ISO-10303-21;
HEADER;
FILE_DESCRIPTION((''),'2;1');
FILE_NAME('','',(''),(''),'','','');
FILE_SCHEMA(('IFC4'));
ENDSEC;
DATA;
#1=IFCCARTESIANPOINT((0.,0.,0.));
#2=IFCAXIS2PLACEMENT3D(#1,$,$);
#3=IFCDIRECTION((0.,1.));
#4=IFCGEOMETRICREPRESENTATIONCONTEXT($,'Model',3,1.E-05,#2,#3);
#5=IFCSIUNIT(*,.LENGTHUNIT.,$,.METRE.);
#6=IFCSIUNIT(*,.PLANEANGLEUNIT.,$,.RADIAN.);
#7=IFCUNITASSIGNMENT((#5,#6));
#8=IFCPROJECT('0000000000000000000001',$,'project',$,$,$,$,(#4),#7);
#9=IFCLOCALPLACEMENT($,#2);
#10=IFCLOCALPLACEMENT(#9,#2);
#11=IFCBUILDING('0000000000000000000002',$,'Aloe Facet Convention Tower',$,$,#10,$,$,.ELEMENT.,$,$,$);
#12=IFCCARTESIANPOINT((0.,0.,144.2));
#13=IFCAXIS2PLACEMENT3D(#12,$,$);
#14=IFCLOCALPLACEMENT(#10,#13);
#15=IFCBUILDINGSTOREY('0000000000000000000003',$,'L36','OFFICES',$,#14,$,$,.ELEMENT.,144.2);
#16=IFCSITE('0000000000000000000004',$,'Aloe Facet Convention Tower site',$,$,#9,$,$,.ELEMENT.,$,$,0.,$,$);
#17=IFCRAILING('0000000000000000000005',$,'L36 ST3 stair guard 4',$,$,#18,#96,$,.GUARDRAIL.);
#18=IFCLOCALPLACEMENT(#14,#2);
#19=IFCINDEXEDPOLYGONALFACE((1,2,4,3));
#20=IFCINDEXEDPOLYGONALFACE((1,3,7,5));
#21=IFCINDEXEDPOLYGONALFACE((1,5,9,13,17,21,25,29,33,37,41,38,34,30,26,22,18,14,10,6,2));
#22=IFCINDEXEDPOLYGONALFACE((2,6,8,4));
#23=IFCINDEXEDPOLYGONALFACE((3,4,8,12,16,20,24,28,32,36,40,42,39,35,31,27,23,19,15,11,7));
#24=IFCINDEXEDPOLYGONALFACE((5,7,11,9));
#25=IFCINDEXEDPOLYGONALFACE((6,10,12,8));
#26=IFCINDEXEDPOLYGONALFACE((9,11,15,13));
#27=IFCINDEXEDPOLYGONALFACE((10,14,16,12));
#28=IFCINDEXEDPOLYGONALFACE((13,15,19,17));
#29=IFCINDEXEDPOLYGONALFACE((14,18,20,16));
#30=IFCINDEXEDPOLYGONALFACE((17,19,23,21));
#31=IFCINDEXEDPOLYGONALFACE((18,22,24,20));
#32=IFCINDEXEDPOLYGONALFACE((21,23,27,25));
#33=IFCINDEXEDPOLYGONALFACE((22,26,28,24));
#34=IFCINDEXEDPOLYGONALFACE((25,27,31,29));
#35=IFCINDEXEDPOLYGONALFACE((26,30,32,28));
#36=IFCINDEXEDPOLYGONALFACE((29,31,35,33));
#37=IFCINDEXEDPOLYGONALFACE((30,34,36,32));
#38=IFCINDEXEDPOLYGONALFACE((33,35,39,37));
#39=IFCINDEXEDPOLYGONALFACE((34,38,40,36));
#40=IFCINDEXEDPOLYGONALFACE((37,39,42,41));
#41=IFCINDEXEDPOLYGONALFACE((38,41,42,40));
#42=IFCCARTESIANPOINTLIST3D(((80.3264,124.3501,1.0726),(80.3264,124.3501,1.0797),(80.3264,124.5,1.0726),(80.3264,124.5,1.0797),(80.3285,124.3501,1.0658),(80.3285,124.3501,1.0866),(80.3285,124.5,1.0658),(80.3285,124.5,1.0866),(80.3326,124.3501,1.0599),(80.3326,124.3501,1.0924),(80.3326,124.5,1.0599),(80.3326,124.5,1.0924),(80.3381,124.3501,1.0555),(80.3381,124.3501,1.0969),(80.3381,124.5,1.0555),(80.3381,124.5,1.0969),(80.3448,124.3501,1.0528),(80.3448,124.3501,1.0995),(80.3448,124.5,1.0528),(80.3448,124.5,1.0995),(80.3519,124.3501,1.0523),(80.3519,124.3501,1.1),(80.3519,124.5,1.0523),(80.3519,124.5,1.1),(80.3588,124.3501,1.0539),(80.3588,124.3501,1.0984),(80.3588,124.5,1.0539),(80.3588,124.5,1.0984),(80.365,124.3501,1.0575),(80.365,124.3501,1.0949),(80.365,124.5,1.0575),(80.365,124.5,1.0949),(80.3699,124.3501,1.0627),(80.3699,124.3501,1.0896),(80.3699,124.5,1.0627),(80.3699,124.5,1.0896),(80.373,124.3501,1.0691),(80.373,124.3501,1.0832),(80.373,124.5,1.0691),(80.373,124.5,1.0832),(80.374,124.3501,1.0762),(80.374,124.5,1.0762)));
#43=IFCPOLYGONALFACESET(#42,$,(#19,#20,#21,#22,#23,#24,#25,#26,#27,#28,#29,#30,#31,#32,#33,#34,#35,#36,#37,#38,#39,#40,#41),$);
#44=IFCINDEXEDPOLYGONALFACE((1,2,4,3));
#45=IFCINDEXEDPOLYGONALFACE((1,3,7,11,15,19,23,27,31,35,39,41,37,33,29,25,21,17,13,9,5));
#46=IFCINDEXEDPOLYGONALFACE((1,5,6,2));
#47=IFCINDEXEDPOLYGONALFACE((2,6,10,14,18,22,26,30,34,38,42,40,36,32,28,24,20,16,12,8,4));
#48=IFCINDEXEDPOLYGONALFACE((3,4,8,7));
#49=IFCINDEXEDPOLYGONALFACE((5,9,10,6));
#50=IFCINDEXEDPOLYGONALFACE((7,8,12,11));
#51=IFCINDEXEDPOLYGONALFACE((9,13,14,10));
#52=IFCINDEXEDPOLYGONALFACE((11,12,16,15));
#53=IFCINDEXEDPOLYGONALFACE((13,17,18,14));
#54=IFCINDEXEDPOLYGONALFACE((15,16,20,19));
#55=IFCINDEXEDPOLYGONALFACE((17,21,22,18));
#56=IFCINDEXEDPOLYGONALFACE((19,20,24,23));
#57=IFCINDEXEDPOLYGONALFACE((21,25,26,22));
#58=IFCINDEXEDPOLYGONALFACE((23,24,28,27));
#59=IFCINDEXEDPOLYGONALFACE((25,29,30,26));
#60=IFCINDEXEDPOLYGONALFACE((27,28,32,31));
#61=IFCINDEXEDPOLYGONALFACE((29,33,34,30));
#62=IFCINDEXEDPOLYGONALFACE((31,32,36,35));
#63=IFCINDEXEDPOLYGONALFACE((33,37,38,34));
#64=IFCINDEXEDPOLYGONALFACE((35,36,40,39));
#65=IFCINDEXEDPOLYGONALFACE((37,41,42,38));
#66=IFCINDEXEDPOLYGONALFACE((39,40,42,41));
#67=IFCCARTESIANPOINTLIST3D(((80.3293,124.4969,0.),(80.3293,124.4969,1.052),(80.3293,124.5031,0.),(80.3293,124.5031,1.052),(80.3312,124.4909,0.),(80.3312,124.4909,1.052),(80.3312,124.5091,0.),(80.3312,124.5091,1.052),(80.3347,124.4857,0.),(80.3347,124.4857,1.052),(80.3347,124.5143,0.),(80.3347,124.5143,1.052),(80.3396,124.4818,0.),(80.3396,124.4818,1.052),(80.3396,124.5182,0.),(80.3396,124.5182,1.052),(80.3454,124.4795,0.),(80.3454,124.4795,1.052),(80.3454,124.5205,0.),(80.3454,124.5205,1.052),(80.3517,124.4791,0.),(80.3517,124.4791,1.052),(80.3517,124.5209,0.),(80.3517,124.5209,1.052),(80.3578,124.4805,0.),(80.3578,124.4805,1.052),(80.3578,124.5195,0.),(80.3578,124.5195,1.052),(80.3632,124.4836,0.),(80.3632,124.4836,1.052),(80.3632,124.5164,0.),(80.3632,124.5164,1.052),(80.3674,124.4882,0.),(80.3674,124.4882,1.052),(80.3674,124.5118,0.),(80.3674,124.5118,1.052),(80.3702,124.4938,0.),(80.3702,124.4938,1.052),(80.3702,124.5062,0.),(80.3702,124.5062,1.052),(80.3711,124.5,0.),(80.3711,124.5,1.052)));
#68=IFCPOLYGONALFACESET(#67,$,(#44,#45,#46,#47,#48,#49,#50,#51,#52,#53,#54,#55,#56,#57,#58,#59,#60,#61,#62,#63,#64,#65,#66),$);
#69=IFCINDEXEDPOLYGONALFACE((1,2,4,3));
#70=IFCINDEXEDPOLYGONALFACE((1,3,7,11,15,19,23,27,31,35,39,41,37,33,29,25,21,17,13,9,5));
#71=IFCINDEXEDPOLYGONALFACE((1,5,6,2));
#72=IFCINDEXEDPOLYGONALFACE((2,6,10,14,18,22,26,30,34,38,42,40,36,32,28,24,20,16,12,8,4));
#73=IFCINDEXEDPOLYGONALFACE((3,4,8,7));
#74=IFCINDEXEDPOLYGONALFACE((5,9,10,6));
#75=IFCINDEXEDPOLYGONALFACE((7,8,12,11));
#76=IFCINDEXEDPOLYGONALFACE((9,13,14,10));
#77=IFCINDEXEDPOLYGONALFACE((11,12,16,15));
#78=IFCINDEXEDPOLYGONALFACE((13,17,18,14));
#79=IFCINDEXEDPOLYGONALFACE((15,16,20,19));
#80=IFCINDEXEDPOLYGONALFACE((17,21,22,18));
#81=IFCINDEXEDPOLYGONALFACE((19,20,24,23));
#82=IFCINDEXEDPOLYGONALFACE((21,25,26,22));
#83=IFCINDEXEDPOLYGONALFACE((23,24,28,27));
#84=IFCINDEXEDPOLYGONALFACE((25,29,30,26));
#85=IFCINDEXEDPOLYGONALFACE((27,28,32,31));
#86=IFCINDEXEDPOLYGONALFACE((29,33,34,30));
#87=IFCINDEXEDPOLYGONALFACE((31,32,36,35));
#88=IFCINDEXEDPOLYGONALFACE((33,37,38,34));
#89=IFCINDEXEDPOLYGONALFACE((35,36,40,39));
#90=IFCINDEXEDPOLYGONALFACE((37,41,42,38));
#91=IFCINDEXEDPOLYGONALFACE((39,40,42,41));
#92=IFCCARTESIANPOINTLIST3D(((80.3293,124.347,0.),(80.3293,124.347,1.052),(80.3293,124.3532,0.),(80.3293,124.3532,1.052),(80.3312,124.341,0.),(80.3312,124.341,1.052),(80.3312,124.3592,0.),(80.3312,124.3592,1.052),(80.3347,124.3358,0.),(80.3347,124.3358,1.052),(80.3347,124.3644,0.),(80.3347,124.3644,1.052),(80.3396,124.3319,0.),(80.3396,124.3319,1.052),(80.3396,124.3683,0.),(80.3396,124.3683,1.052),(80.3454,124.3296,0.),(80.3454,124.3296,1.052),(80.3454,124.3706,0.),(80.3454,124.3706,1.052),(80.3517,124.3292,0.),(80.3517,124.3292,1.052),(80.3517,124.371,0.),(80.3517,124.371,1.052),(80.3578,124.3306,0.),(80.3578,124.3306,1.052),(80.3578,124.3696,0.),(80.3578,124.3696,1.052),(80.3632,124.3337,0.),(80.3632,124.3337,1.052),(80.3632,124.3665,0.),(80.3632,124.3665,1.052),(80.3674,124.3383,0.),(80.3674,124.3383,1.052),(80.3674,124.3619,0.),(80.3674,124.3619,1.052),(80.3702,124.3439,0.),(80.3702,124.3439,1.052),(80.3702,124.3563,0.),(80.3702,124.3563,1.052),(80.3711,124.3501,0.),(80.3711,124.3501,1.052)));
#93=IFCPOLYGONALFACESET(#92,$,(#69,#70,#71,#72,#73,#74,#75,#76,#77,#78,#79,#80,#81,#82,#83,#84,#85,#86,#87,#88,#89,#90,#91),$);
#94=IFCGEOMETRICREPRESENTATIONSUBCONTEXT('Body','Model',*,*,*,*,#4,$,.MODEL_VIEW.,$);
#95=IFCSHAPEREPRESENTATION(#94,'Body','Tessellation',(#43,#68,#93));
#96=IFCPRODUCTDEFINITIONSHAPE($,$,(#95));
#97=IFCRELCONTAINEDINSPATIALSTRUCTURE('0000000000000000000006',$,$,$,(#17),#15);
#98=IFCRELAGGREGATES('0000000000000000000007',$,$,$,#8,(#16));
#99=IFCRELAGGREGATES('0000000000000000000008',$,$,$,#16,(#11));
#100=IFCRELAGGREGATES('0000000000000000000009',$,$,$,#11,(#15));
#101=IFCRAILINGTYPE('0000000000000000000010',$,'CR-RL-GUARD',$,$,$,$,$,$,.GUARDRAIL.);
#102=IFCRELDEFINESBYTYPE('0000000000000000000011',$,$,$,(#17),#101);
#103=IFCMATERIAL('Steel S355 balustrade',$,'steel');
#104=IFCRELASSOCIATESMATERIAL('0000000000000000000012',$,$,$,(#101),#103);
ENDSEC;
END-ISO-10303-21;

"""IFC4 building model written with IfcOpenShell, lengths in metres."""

from ifc_helpers import new_model, si_unit, direction, frame, origin, origin_2d, place, context, subcontext, project, spatial, circle, extrude, material, type_object, element, save


model = new_model("IFC4")

# Units and contexts
model_context = context("Model", 3, precision=1e-05, world=origin(), true_north=direction((0.0, 1.0)))
body_context = subcontext(model_context, "Body", "Model", "MODEL_VIEW")
ifc_project = project(units=[si_unit("LENGTHUNIT", "METRE"), si_unit("PLANEANGLEUNIT", "RADIAN")], contexts=[model_context])

# Site, building, storey
site_placement = place(None, origin())
site = spatial("IfcSite", under=ifc_project, at=site_placement, Name="Aloe Facet Convention Tower site", CompositionType="ELEMENT", RefElevation=0.0)
building_placement = place(site_placement, origin())
building = spatial("IfcBuilding", under=site, at=building_placement, Name="Aloe Facet Convention Tower", CompositionType="ELEMENT")
storey_placement = place(building_placement, frame((0.0, 0.0, 144.2)))
storey = spatial("IfcBuildingStorey", under=building, at=storey_placement, Name="L36", Description="OFFICES", CompositionType="ELEMENT", Elevation=144.2)

# Railing
ifc_material_1 = material(Name="Steel S355 balustrade", Category="steel")
railing_type_1 = type_object("IfcRailingType", Name="CR-RL-GUARD", PredefinedType="GUARDRAIL", material=ifc_material_1)
railing_1_placement = place(storey_placement, frame((80.3501, 124.5, 0.0)))
element("IfcRailing", 1, at=railing_1_placement, inside=storey, type_object=railing_type_1, Name="L36 ST3 stair guard 4", PredefinedType="GUARDRAIL", context=body_context, shape_type="SweptSolid", body=[
    extrude(circle(Radius=0.0239, at=origin_2d()), frame((0.0, 0.0, 1.0762), z_axis=(0.0, -1.0, 0.0), x_axis=(1.0, 0.0, 0.0)), (0.0, 0.0, 1.0), 0.1499),
    extrude(circle(Radius=0.021, at=origin_2d()), origin(), (0.0, 0.0, 1.0), 1.052),
    extrude(circle(Radius=0.021, at=origin_2d()), frame((0.0, -0.1499, 0.0)), (0.0, 0.0, 1.0), 1.052),
])

save(model, "model.ifc")
